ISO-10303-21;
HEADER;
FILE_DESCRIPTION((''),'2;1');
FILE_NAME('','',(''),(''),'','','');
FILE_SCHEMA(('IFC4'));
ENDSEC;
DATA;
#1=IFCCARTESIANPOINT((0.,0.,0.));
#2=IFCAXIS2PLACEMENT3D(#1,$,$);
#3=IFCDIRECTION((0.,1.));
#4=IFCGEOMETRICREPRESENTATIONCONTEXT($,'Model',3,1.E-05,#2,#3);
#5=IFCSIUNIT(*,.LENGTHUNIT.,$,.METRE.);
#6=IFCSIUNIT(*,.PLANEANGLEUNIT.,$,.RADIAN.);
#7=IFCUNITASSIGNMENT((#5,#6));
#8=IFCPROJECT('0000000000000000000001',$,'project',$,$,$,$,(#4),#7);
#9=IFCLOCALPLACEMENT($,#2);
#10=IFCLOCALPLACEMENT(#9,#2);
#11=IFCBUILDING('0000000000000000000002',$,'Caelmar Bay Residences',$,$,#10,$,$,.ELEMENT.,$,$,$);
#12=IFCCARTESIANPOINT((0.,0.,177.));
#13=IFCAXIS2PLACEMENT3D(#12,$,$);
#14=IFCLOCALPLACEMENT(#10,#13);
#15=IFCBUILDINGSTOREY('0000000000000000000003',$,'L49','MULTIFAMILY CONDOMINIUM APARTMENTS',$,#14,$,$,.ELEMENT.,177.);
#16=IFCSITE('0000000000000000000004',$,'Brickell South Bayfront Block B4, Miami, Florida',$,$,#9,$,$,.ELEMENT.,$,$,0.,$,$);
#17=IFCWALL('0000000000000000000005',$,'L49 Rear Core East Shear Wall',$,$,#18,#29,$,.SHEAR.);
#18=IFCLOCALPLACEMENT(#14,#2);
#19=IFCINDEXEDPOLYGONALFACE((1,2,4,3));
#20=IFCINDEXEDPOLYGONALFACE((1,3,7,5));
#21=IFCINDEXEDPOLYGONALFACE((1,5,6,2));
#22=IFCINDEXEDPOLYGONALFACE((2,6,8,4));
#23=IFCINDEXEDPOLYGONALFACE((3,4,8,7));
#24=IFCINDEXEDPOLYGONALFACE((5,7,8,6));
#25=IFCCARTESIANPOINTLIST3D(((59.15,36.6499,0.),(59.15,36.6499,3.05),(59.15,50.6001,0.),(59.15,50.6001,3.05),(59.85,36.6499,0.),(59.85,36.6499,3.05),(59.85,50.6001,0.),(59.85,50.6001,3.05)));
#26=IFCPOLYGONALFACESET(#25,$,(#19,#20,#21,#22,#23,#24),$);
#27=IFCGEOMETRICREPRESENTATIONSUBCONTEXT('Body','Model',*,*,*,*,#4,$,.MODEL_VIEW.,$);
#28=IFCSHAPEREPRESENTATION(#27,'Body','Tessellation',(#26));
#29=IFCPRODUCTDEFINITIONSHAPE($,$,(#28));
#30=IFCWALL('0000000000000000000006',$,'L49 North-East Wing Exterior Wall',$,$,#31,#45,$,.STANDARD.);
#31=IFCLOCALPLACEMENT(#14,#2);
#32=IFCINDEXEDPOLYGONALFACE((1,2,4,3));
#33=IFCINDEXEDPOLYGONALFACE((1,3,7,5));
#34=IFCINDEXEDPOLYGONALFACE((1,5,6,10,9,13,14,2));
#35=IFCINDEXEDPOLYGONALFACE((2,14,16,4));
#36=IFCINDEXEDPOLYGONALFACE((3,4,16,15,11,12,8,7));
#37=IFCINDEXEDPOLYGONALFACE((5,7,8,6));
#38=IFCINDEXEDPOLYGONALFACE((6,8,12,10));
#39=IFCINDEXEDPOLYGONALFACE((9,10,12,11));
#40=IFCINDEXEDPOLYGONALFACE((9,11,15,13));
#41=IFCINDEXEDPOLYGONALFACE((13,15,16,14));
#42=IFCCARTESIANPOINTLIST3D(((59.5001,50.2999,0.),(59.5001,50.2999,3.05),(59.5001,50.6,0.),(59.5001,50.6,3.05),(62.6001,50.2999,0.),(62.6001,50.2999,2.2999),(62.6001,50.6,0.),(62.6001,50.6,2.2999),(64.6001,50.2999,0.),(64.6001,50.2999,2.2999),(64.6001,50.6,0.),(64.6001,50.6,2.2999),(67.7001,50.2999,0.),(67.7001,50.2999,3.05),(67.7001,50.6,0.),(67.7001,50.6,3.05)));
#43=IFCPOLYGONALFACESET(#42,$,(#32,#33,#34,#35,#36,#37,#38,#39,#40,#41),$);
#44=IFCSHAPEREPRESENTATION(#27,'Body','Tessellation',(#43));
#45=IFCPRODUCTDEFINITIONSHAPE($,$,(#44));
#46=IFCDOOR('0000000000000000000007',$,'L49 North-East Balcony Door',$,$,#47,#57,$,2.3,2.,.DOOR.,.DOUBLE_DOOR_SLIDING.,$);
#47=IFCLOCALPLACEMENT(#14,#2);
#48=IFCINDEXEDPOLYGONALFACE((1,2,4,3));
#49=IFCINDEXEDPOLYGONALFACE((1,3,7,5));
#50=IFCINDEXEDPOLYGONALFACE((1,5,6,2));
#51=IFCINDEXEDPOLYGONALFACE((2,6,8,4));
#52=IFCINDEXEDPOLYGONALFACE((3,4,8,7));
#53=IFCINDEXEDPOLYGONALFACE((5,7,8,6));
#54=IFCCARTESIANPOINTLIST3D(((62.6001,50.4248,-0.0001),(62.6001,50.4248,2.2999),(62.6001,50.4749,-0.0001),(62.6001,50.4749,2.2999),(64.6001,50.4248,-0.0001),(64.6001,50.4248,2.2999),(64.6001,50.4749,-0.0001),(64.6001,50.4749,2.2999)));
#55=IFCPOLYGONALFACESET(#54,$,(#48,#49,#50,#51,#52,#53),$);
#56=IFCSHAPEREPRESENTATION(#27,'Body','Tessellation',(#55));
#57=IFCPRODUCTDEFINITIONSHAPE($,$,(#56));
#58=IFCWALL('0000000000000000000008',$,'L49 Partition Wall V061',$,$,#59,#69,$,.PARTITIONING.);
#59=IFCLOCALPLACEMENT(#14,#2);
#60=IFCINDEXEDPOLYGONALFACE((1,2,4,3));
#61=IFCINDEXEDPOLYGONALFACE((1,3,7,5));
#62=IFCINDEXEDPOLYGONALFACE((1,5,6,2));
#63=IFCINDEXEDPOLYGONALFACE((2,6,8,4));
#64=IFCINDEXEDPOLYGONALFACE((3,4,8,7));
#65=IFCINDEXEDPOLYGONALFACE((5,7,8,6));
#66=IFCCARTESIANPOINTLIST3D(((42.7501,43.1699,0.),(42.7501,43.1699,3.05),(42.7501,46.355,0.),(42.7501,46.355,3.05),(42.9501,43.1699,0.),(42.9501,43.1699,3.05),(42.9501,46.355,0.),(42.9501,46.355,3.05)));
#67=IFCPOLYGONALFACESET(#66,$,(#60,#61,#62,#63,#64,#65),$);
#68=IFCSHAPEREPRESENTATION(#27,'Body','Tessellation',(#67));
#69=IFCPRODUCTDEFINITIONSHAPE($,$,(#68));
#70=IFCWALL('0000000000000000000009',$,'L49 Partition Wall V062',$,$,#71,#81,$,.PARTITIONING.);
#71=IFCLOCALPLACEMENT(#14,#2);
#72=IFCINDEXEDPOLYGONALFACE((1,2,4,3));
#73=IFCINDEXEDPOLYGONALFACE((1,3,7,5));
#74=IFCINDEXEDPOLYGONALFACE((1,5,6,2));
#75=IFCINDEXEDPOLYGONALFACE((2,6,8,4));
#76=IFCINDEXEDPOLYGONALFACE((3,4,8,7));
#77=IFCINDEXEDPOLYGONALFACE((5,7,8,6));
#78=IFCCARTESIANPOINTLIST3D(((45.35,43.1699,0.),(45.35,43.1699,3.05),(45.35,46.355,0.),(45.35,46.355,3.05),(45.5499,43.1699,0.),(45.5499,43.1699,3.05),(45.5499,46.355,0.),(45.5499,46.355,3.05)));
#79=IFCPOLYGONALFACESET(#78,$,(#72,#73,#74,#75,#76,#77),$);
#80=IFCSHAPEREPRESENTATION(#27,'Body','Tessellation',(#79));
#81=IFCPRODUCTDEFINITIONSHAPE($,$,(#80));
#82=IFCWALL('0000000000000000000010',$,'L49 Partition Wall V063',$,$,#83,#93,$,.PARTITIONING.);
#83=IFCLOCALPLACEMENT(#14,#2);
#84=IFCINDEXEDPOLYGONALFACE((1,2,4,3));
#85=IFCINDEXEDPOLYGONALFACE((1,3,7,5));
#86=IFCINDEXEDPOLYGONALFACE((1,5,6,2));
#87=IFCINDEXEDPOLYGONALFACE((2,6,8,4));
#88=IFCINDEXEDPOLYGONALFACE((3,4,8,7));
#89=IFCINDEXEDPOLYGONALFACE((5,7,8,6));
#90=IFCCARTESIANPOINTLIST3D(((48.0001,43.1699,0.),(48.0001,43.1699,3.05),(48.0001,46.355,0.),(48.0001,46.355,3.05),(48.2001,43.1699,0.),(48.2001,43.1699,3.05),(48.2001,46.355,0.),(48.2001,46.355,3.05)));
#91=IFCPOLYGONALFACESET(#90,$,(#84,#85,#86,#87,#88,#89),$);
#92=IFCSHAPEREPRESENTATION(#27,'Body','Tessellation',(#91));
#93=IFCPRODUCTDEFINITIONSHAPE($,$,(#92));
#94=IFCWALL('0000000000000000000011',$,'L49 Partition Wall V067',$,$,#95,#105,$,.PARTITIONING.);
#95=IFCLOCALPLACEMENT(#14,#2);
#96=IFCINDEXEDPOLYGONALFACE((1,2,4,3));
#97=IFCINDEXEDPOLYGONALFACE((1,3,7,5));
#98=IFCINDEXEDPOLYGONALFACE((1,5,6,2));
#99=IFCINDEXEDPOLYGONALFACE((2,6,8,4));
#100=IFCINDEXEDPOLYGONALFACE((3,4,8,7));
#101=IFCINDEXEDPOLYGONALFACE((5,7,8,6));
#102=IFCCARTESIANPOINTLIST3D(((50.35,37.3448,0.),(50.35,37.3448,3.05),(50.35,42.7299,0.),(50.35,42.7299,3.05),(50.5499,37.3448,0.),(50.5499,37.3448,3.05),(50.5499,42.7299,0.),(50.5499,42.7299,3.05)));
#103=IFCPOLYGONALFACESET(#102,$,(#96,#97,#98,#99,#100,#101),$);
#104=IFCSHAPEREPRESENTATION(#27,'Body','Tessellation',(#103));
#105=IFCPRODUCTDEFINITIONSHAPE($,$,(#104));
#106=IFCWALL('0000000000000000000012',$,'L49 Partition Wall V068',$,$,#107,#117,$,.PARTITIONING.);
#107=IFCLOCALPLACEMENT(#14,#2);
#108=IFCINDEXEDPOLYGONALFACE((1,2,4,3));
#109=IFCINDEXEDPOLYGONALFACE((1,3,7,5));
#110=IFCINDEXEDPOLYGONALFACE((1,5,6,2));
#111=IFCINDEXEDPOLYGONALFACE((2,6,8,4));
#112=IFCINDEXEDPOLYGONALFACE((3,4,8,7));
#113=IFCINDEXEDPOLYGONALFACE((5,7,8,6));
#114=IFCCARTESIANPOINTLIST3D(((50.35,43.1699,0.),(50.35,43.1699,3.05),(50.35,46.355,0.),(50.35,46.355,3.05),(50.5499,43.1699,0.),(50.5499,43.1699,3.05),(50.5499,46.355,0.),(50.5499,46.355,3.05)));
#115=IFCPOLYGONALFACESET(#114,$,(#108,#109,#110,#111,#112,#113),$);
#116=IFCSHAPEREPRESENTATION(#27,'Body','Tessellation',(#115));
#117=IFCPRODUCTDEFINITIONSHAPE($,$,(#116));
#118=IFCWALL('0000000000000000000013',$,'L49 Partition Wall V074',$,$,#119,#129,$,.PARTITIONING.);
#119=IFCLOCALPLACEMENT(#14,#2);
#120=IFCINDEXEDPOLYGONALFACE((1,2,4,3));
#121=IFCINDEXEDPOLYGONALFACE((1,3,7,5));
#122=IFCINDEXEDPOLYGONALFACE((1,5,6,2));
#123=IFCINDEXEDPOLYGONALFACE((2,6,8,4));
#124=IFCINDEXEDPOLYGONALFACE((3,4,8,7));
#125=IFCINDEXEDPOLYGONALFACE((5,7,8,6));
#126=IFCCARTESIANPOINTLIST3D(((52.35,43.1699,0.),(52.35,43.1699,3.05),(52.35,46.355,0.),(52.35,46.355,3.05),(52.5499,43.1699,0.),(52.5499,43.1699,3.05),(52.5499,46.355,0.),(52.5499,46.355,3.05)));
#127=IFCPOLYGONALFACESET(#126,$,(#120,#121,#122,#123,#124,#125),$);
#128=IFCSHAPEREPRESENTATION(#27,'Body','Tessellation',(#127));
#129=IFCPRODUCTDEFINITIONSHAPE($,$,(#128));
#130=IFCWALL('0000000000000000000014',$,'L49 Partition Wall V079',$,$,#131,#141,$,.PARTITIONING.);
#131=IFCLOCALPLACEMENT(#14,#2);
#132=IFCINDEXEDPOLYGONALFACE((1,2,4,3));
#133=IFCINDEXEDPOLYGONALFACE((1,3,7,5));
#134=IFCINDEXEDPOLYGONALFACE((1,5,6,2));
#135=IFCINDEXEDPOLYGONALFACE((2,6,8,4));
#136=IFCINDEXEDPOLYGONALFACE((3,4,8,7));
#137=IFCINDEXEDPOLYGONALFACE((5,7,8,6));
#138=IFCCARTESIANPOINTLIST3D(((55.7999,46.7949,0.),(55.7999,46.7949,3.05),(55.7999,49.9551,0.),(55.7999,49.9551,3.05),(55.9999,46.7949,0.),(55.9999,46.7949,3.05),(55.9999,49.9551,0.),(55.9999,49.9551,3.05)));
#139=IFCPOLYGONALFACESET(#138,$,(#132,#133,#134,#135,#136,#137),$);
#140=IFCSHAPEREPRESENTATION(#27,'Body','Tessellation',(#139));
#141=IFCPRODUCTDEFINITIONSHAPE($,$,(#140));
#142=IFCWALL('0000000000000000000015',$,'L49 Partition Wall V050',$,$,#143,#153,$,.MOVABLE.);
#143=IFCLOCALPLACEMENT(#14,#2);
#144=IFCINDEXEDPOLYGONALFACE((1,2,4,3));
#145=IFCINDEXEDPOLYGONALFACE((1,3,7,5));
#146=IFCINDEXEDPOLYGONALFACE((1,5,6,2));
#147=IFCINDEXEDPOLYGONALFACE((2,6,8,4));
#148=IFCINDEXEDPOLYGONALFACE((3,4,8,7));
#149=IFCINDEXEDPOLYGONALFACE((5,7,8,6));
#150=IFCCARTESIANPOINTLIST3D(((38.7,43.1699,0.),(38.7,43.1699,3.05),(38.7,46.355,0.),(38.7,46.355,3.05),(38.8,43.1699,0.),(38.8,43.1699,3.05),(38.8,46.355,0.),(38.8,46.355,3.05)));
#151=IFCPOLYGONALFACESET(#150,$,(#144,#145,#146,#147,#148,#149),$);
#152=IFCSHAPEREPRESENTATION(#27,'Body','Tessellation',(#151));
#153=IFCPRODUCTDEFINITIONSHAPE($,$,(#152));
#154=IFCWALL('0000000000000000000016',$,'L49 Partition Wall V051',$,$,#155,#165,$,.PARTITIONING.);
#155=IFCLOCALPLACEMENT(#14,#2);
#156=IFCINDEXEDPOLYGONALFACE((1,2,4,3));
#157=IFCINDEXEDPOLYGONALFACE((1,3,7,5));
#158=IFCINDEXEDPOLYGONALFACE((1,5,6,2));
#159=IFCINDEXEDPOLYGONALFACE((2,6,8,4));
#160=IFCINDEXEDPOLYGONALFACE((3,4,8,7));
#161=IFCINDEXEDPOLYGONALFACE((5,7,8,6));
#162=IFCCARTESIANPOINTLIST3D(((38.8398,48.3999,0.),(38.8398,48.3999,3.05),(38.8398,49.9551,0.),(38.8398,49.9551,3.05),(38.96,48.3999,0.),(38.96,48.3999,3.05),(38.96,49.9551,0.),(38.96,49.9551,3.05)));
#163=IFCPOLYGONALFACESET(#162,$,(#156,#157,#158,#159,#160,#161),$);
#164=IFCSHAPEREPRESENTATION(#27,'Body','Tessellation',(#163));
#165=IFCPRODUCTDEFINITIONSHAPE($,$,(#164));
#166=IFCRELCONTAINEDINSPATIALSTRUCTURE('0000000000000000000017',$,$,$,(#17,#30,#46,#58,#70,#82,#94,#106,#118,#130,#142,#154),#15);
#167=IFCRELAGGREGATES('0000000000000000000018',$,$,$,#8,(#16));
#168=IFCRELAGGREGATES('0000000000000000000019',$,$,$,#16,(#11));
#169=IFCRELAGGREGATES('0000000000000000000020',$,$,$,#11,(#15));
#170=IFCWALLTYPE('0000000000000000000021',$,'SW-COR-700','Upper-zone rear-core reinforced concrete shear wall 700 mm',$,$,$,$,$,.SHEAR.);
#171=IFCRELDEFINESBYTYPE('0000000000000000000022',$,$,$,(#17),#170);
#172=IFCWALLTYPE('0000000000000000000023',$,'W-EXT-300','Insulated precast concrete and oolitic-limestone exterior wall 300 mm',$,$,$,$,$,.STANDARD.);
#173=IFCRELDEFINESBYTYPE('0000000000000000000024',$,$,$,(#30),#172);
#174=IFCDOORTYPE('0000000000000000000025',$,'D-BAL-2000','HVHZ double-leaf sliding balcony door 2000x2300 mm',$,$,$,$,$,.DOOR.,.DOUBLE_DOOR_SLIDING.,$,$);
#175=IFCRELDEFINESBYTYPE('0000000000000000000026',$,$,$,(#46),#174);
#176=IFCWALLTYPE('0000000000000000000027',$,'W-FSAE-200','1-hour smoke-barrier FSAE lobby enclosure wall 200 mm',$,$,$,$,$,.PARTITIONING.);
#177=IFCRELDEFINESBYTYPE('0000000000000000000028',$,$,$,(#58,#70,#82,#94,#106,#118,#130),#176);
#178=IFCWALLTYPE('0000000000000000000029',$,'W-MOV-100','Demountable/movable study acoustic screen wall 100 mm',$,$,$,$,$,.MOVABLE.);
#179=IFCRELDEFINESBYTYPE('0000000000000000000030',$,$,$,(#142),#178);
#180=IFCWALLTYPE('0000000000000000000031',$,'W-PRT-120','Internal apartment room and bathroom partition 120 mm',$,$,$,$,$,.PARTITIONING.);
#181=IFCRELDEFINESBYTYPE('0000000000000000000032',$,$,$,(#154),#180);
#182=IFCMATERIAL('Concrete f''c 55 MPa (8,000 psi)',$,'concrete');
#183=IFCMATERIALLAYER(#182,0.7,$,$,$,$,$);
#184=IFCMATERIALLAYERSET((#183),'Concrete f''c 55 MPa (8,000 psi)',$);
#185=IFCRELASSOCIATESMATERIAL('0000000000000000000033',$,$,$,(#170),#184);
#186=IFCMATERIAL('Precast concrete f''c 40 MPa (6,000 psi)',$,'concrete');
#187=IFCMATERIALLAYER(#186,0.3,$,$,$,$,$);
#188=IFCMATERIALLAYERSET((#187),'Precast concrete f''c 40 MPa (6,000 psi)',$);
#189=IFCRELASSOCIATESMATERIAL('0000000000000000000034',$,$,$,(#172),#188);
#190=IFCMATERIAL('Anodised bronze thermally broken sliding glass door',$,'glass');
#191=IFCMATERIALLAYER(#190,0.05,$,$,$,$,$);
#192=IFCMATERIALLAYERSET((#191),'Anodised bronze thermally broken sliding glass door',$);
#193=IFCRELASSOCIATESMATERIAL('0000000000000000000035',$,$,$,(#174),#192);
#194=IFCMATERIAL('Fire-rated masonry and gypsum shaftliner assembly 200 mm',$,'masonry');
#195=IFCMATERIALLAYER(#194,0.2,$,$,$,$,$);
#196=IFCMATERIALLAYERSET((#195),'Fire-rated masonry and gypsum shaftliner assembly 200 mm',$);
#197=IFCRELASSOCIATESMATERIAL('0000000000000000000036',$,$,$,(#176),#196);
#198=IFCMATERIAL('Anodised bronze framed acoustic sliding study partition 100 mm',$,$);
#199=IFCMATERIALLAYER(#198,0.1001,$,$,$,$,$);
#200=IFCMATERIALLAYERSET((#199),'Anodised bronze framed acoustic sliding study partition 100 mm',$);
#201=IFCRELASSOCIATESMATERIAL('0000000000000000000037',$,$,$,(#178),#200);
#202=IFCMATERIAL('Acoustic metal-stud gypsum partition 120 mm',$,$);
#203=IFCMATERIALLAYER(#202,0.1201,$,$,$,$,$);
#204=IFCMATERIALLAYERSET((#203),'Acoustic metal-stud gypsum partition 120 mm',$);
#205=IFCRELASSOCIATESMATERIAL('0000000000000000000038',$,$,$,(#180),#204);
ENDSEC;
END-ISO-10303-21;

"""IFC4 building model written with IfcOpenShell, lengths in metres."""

from ifc_helpers import new_model, si_unit, direction, frame, frame_2d, origin, place, context, subcontext, project, spatial, rectangle, extrude, material, layer, layer_set, type_object, element, fill, save


model = new_model("IFC4")

# Units and contexts
model_context = context("Model", 3, precision=1e-05, world=origin(), true_north=direction((0.0, 1.0)))
body_context = subcontext(model_context, "Body", "Model", "MODEL_VIEW")
ifc_project = project(units=[si_unit("LENGTHUNIT", "METRE"), si_unit("PLANEANGLEUNIT", "RADIAN")], contexts=[model_context])

# Site, building, storey
site_placement = place(None, origin())
site = spatial("IfcSite", under=ifc_project, at=site_placement, Name="Brickell South Bayfront Block B4, Miami, Florida", CompositionType="ELEMENT", RefElevation=0.0)
building_placement = place(site_placement, origin())
building = spatial("IfcBuilding", under=site, at=building_placement, Name="Caelmar Bay Residences", CompositionType="ELEMENT")
storey_placement = place(building_placement, frame((0.0, 0.0, 177.0)))
storey = spatial("IfcBuildingStorey", under=building, at=storey_placement, Name="L49", Description="MULTIFAMILY CONDOMINIUM APARTMENTS", CompositionType="ELEMENT", Elevation=177.0)

# Wall
ifc_material_1 = material(Name="Concrete f'c 55 MPa (8,000 psi)", Category="concrete")
ifc_layer_1 = layer(ifc_material_1, 0.7)
ifc_layer_set_1 = layer_set([ifc_layer_1], Name="Concrete f'c 55 MPa (8,000 psi)")
wall_type_1 = type_object("IfcWallType", Name="SW-COR-700", Description="Upper-zone rear-core reinforced concrete shear wall 700 mm", PredefinedType="SHEAR", material=ifc_layer_set_1)
wall_1_placement = place(storey_placement, frame((59.5, 36.6499, 0.0), z_axis=(0.0, 0.0, 1.0), x_axis=(0.0, 1.0, 0.0)))
element("IfcWall", 1, at=wall_1_placement, inside=storey, type_object=wall_type_1, Name="L49 Rear Core East Shear Wall", PredefinedType="SHEAR", context=body_context, shape_type="SweptSolid", body=[
    extrude(rectangle(XDim=13.9502, YDim=0.7, at=frame_2d((6.9751, 0.0))), origin(), (0.0, 0.0, 1.0), 3.05),
])

# Wall, opening, door
ifc_material_2 = material(Name="Precast concrete f'c 40 MPa (6,000 psi)", Category="concrete")
ifc_layer_2 = layer(ifc_material_2, 0.3)
ifc_layer_set_2 = layer_set([ifc_layer_2], Name="Precast concrete f'c 40 MPa (6,000 psi)")
wall_type_2 = type_object("IfcWallType", Name="W-EXT-300", Description="Insulated precast concrete and oolitic-limestone exterior wall 300 mm", PredefinedType="STANDARD", material=ifc_layer_set_2)
wall_2_placement = place(storey_placement, frame((59.5, 50.45, 0.0), z_axis=(0.0, 0.0, 1.0), x_axis=(1.0, 0.0, 0.0)))
wall_2 = element("IfcWall", 2, at=wall_2_placement, inside=storey, type_object=wall_type_2, Name="L49 North-East Wing Exterior Wall", PredefinedType="STANDARD", context=body_context, shape_type="SweptSolid", body=[
    extrude(rectangle(XDim=8.2, YDim=0.3, at=frame_2d((4.1001, 0.0))), origin(), (0.0, 0.0, 1.0), 3.05),
])
opening_1_placement = place(wall_2_placement, frame((3.1001, 0.0, 0.0)))
opening_1 = element("IfcOpeningElement", 3, at=opening_1_placement, cuts=wall_2, PredefinedType="OPENING", context=body_context, shape_type="SweptSolid", body=[
    extrude(rectangle(XDim=2.0, YDim=2.3, at=frame_2d((1.0, 1.1499))), frame((0.0, 0.1599, 0.0), z_axis=(0.0, -1.0, 0.0), x_axis=(1.0, 0.0, 0.0)), (0.0, 0.0, 1.0), 0.3201),
])
ifc_material_3 = material(Name="Anodised bronze thermally broken sliding glass door", Category="glass")
ifc_layer_3 = layer(ifc_material_3, 0.05)
ifc_layer_set_3 = layer_set([ifc_layer_3], Name="Anodised bronze thermally broken sliding glass door")
door_type_1 = type_object("IfcDoorType", Name="D-BAL-2000", Description="HVHZ double-leaf sliding balcony door 2000x2300 mm", OperationType="DOUBLE_DOOR_SLIDING", PredefinedType="DOOR", material=ifc_layer_set_3)
door_1_placement = place(opening_1_placement, origin())
door_1 = element("IfcDoor", 4, at=door_1_placement, inside=storey, type_object=door_type_1, Name="L49 North-East Balcony Door", OperationType="DOUBLE_DOOR_SLIDING", OverallHeight=2.3, OverallWidth=2.0, PredefinedType="DOOR", context=body_context, shape_type="SweptSolid", body=[
    extrude(rectangle(XDim=2.0, YDim=2.3, at=frame_2d((1.0, 1.1499))), frame((0.0, 0.0249, 0.0), z_axis=(0.0, -1.0, 0.0), x_axis=(1.0, 0.0, 0.0)), (0.0, 0.0, 1.0), 0.05),
])
fill(opening_1, door_1)

# Walls
ifc_material_4 = material(Name="Fire-rated masonry and gypsum shaftliner assembly 200 mm", Category="masonry")
ifc_layer_4 = layer(ifc_material_4, 0.2)
ifc_layer_set_4 = layer_set([ifc_layer_4], Name="Fire-rated masonry and gypsum shaftliner assembly 200 mm")
wall_type_3 = type_object("IfcWallType", Name="W-FSAE-200", Description="1-hour smoke-barrier FSAE lobby enclosure wall 200 mm", PredefinedType="PARTITIONING", material=ifc_layer_set_4)
for number, where, z_axis, x_axis, name in (
    (5, (42.8501, 43.1699, 0.0), (0.0, 0.0, 1.0), (0.0, 1.0, 0.0), "L49 Partition Wall V061"),
    (6, (45.45, 43.1699, 0.0), (0.0, 0.0, 1.0), (0.0, 1.0, 0.0), "L49 Partition Wall V062"),
    (7, (48.1001, 43.1699, 0.0), (0.0, 0.0, 1.0), (0.0, 1.0, 0.0), "L49 Partition Wall V063"),
):
    element("IfcWall", number, at=place(storey_placement, frame(where, z_axis=z_axis, x_axis=x_axis)), inside=storey, type_object=wall_type_3, Name=name, PredefinedType="PARTITIONING", context=body_context, shape_type="SweptSolid", body=[
        extrude(rectangle(XDim=3.1851, YDim=0.2, at=frame_2d((1.5925, 0.0))), origin(), (0.0, 0.0, 1.0), 3.05),
    ])
wall_3_placement = place(storey_placement, frame((50.45, 37.345, 0.0), z_axis=(0.0, 0.0, 1.0), x_axis=(0.0, 1.0, 0.0)))
element("IfcWall", 8, at=wall_3_placement, inside=storey, type_object=wall_type_3, Name="L49 Partition Wall V067", PredefinedType="PARTITIONING", context=body_context, shape_type="SweptSolid", body=[
    extrude(rectangle(XDim=5.385, YDim=0.2, at=frame_2d((2.6924, 0.0))), origin(), (0.0, 0.0, 1.0), 3.05),
])
for number, where, z_axis, x_axis, name in (
    (9, (50.45, 43.1699, 0.0), (0.0, 0.0, 1.0), (0.0, 1.0, 0.0), "L49 Partition Wall V068"),
    (10, (52.45, 43.1699, 0.0), (0.0, 0.0, 1.0), (0.0, 1.0, 0.0), "L49 Partition Wall V074"),
):
    element("IfcWall", number, at=place(storey_placement, frame(where, z_axis=z_axis, x_axis=x_axis)), inside=storey, type_object=wall_type_3, Name=name, PredefinedType="PARTITIONING", context=body_context, shape_type="SweptSolid", body=[
        extrude(rectangle(XDim=3.1851, YDim=0.2, at=frame_2d((1.5925, 0.0))), origin(), (0.0, 0.0, 1.0), 3.05),
    ])
wall_4_placement = place(storey_placement, frame((55.8999, 46.7949, 0.0), z_axis=(0.0, 0.0, 1.0), x_axis=(0.0, 1.0, 0.0)))
element("IfcWall", 11, at=wall_4_placement, inside=storey, type_object=wall_type_3, Name="L49 Partition Wall V079", PredefinedType="PARTITIONING", context=body_context, shape_type="SweptSolid", body=[
    extrude(rectangle(XDim=3.1602, YDim=0.2, at=frame_2d((1.5801, 0.0))), origin(), (0.0, 0.0, 1.0), 3.05),
])
ifc_material_5 = material(Name="Anodised bronze framed acoustic sliding study partition 100 mm")
ifc_layer_5 = layer(ifc_material_5, 0.1001)
ifc_layer_set_5 = layer_set([ifc_layer_5], Name="Anodised bronze framed acoustic sliding study partition 100 mm")
wall_type_4 = type_object("IfcWallType", Name="W-MOV-100", Description="Demountable/movable study acoustic screen wall 100 mm", PredefinedType="MOVABLE", material=ifc_layer_set_5)
wall_5_placement = place(storey_placement, frame((38.75, 43.1699, 0.0), z_axis=(0.0, 0.0, 1.0), x_axis=(0.0, 1.0, 0.0)))
element("IfcWall", 12, at=wall_5_placement, inside=storey, type_object=wall_type_4, Name="L49 Partition Wall V050", PredefinedType="MOVABLE", context=body_context, shape_type="SweptSolid", body=[
    extrude(rectangle(XDim=3.1851, YDim=0.1001, at=frame_2d((1.5925, 0.0))), origin(), (0.0, 0.0, 1.0), 3.05),
])
ifc_material_6 = material(Name="Acoustic metal-stud gypsum partition 120 mm")
ifc_layer_6 = layer(ifc_material_6, 0.1201)
ifc_layer_set_6 = layer_set([ifc_layer_6], Name="Acoustic metal-stud gypsum partition 120 mm")
wall_type_5 = type_object("IfcWallType", Name="W-PRT-120", Description="Internal apartment room and bathroom partition 120 mm", PredefinedType="PARTITIONING", material=ifc_layer_set_6)
wall_6_placement = place(storey_placement, frame((38.8999, 48.3999, 0.0), z_axis=(0.0, 0.0, 1.0), x_axis=(0.0, 1.0, 0.0)))
element("IfcWall", 13, at=wall_6_placement, inside=storey, type_object=wall_type_5, Name="L49 Partition Wall V051", PredefinedType="PARTITIONING", context=body_context, shape_type="SweptSolid", body=[
    extrude(rectangle(XDim=1.5552, YDim=0.1201, at=frame_2d((0.7776, 0.0))), origin(), (0.0, 0.0, 1.0), 3.05),
])

save(model, "model.ifc")
